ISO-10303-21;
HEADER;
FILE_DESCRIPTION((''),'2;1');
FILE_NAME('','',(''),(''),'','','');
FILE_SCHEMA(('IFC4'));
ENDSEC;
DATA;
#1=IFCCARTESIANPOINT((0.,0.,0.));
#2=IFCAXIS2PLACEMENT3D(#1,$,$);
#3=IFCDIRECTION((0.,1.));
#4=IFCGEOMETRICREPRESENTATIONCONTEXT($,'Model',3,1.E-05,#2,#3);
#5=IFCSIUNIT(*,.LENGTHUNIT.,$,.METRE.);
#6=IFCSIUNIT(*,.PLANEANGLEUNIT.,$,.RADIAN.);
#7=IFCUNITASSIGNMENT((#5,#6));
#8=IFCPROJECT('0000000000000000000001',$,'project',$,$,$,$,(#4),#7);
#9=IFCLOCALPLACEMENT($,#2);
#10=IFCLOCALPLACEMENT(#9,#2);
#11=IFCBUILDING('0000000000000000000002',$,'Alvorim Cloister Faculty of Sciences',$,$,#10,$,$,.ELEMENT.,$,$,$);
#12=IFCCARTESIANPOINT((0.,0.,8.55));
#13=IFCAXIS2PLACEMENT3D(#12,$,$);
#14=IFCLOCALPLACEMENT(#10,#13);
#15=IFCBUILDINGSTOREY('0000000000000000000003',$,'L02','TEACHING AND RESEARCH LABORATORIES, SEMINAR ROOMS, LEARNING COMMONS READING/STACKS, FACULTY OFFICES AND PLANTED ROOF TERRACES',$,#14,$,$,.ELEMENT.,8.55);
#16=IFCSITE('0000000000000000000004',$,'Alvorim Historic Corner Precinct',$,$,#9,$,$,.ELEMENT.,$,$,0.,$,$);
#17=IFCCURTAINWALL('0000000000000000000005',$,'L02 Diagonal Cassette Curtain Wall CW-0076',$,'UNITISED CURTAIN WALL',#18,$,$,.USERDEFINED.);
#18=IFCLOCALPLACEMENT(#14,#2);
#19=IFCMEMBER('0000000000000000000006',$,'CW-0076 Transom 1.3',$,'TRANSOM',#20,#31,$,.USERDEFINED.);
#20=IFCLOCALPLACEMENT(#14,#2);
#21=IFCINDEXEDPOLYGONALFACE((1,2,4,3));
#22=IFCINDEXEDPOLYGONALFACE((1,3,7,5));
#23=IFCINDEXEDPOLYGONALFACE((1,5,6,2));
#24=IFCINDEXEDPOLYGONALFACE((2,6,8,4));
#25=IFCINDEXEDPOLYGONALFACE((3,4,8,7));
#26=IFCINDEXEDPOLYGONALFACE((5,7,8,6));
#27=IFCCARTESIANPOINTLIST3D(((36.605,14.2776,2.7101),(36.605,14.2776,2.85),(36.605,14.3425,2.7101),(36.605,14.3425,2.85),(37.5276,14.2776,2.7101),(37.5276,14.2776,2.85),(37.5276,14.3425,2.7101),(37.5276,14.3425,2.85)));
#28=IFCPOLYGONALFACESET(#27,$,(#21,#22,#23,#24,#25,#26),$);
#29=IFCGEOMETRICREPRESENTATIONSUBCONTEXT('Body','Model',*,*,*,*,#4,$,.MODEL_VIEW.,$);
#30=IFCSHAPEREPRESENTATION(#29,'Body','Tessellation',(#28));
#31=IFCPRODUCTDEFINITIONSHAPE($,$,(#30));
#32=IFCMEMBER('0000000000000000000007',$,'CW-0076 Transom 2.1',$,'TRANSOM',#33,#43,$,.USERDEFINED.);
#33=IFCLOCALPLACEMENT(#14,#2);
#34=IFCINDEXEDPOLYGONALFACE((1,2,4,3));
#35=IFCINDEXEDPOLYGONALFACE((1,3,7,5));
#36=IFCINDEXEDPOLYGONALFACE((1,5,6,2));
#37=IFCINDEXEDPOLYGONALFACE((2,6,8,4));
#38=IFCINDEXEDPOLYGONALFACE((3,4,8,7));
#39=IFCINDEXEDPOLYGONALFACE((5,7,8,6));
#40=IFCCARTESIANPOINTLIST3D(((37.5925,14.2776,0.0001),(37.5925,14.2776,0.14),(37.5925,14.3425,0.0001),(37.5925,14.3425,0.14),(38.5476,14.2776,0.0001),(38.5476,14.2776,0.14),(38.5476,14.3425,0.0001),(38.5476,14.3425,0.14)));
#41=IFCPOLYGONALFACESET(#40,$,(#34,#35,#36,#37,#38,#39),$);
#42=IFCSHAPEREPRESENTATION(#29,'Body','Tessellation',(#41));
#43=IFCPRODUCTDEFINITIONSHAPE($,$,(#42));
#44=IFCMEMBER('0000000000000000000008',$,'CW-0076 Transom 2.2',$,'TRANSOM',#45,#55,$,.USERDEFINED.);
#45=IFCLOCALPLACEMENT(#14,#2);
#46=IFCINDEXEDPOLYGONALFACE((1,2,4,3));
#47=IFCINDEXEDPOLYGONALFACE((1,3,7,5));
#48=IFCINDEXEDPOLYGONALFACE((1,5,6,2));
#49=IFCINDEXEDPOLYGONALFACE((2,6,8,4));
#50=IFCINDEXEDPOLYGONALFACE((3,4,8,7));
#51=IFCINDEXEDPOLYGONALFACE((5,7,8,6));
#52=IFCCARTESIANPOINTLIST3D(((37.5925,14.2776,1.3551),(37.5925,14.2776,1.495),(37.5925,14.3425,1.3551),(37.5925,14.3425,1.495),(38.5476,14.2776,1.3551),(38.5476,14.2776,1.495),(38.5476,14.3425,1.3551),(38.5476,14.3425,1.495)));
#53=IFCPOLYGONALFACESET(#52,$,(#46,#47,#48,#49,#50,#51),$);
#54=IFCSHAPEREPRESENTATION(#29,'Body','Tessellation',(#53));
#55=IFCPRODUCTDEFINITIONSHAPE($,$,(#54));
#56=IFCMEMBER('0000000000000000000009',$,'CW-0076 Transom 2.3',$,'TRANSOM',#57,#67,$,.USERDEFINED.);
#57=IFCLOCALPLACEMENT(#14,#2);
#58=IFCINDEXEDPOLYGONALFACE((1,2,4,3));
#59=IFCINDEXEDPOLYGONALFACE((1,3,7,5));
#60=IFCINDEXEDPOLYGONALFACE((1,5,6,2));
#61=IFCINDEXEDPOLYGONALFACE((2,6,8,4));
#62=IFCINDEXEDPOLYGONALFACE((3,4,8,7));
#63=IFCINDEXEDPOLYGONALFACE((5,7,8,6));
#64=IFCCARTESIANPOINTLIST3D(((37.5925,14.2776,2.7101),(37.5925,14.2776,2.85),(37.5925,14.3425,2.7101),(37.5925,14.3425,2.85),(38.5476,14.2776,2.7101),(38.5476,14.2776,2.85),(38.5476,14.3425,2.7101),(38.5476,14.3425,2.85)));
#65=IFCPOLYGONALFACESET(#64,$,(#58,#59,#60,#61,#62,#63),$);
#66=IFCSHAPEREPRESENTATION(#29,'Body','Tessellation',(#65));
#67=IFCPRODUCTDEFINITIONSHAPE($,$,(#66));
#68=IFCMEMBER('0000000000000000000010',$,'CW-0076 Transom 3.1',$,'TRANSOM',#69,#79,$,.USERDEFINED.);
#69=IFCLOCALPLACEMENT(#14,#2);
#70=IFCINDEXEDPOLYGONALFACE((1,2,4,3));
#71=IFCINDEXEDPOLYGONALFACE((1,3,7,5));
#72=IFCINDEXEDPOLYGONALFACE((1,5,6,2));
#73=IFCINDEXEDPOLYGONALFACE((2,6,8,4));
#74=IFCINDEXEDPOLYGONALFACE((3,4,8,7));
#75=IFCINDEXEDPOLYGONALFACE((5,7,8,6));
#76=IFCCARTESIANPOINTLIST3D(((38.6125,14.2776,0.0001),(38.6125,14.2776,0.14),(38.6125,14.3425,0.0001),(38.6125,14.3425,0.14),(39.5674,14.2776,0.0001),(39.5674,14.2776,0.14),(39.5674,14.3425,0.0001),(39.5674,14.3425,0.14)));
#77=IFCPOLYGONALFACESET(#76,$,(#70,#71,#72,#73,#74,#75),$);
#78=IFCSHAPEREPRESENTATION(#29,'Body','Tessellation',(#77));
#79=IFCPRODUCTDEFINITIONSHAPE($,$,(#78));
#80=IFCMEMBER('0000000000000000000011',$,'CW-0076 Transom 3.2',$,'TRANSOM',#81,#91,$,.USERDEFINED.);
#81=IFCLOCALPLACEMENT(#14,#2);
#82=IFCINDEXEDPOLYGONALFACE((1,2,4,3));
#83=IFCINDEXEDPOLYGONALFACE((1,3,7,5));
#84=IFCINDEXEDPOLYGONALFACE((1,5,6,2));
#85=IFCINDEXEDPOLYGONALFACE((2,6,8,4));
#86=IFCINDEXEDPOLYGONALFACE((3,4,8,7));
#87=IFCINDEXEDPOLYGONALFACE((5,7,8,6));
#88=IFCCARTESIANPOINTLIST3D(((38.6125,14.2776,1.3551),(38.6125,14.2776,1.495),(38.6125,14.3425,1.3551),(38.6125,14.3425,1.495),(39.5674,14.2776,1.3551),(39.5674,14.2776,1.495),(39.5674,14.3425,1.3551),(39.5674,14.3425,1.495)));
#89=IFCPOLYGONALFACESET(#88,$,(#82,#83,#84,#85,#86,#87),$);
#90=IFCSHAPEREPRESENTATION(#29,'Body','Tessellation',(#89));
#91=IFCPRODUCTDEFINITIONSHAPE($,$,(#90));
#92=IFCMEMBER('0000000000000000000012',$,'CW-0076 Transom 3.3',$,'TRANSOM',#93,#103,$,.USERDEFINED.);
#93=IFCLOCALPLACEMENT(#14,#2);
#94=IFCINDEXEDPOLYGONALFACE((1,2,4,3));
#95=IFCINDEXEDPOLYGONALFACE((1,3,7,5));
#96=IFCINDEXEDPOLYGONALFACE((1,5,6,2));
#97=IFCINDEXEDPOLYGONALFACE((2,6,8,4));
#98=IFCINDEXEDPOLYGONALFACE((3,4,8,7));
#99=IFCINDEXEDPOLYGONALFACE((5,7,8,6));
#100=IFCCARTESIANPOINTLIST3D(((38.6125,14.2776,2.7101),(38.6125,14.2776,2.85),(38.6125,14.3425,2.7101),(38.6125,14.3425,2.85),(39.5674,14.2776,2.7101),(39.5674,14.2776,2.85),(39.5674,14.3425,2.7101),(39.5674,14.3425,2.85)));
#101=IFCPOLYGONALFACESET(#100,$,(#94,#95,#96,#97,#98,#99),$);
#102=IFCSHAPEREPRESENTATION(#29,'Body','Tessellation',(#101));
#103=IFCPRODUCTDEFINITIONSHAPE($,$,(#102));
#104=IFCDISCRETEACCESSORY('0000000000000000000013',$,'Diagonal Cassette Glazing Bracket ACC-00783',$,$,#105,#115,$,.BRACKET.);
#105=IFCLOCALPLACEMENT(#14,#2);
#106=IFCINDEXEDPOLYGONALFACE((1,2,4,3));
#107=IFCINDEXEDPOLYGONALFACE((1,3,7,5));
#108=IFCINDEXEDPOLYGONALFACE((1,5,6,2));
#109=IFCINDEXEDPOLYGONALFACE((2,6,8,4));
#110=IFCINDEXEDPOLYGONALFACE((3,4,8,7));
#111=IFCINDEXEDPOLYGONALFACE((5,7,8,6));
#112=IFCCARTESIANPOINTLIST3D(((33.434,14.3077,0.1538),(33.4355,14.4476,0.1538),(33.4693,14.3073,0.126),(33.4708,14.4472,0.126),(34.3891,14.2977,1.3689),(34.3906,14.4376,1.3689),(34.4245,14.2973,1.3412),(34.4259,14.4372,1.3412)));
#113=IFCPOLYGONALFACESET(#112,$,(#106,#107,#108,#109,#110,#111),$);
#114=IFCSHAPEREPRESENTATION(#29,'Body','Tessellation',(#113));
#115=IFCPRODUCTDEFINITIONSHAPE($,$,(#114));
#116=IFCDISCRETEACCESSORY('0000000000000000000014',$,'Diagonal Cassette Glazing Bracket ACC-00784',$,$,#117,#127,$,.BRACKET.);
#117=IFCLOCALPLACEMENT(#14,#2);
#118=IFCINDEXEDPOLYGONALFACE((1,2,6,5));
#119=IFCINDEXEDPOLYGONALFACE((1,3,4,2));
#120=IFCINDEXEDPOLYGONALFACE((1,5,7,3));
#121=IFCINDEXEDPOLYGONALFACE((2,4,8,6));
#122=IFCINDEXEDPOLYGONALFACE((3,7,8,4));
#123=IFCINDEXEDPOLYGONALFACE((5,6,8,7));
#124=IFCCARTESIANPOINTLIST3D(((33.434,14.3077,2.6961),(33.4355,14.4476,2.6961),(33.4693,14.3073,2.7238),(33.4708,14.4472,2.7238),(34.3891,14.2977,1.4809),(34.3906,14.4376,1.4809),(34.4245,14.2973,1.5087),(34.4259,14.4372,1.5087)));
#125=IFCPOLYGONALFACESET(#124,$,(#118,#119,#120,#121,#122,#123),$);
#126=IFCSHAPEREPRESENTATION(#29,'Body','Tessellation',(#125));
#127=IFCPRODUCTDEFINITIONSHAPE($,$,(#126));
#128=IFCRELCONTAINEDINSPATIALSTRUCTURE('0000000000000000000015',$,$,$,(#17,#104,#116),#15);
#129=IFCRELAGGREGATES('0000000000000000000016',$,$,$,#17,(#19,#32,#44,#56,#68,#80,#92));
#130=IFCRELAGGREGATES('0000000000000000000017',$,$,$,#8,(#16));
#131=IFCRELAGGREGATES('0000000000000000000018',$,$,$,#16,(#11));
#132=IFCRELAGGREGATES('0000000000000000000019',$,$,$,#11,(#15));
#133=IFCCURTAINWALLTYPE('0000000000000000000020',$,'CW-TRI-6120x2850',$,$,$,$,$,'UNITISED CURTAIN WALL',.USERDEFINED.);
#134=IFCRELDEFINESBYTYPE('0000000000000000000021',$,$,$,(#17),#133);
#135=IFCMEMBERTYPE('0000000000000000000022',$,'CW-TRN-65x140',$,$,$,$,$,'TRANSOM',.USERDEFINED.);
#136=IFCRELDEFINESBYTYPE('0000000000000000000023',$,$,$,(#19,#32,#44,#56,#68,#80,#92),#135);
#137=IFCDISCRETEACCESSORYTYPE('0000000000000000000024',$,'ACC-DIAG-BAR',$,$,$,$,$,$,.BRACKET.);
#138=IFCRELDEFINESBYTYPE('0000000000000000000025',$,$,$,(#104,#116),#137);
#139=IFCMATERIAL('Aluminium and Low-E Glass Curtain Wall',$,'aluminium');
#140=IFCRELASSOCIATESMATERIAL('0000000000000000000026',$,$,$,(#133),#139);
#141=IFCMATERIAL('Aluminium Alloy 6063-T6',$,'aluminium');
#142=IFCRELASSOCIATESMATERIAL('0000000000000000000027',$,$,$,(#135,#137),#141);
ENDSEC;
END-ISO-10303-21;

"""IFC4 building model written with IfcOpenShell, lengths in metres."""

from ifc_helpers import new_model, si_unit, direction, frame, origin, origin_2d, place, context, subcontext, project, spatial, rectangle, extrude, material, material_profile, profile_set, type_object, element, aggregate, save


model = new_model("IFC4")

# Units and contexts
model_context = context("Model", 3, precision=1e-05, world=origin(), true_north=direction((0.0, 1.0)))
body_context = subcontext(model_context, "Body", "Model", "MODEL_VIEW")
ifc_project = project(units=[si_unit("LENGTHUNIT", "METRE"), si_unit("PLANEANGLEUNIT", "RADIAN")], contexts=[model_context])

# Site, building, storey
site_placement = place(None, origin())
site = spatial("IfcSite", under=ifc_project, at=site_placement, Name="Alvorim Historic Corner Precinct", CompositionType="ELEMENT", RefElevation=0.0)
building_placement = place(site_placement, origin())
building = spatial("IfcBuilding", under=site, at=building_placement, Name="Alvorim Cloister Faculty of Sciences", CompositionType="ELEMENT")
storey_placement = place(building_placement, frame((0.0, 0.0, 8.55)))
storey = spatial("IfcBuildingStorey", under=building, at=storey_placement, Name="L02", Description="TEACHING AND RESEARCH LABORATORIES, SEMINAR ROOMS, LEARNING COMMONS READING/STACKS, FACULTY OFFICES AND PLANTED ROOF TERRACES", CompositionType="ELEMENT", Elevation=8.55)

# Curtain wall
ifc_material_1 = material(Name="Aluminium and Low-E Glass Curtain Wall", Category="aluminium")
curtain_wall_type = type_object("IfcCurtainWallType", Name="CW-TRI-6120x2850", ElementType="UNITISED CURTAIN WALL", PredefinedType="USERDEFINED", material=ifc_material_1)
ifc_material_2 = material(Name="Aluminium Alloy 6063-T6", Category="aluminium")
curtain_wall_1_placement = place(storey_placement, origin())
curtain_wall_1 = element("IfcCurtainWall", 1, at=curtain_wall_1_placement, inside=storey, type_object=curtain_wall_type, Name="L02 Diagonal Cassette Curtain Wall CW-0076", ObjectType="UNITISED CURTAIN WALL", PredefinedType="USERDEFINED")

# Members
ifc_material_profile_1 = material_profile(ifc_material_2, rectangle(XDim=0.0649, YDim=0.1399, at=origin_2d()), Name="ALU-TRN-65x140")
ifc_profile_set_1 = profile_set([ifc_material_profile_1], Name="Aluminium Alloy 6063-T6")
member_type_1 = type_object("IfcMemberType", Name="CW-TRN-65x140", ElementType="TRANSOM", PredefinedType="USERDEFINED", material=ifc_profile_set_1)
member_1_placement = place(storey_placement, frame((36.605, 14.3101, 2.78), z_axis=(1.0, 0.0, 0.0), x_axis=(0.0, 1.0, 0.0)))
member_1 = element("IfcMember", 2, at=member_1_placement, type_object=member_type_1, Name="CW-0076 Transom 1.3", ObjectType="TRANSOM", PredefinedType="USERDEFINED", context=body_context, shape_type="SweptSolid", body=[
    extrude(rectangle(XDim=0.0649, YDim=0.1399, at=origin_2d()), origin(), (0.0, 0.0, 1.0), 0.9226),
])
member_2_placement = place(storey_placement, frame((37.5925, 14.3101, 0.0701), z_axis=(1.0, 0.0, 0.0), x_axis=(0.0, 1.0, 0.0)))
member_2 = element("IfcMember", 3, at=member_2_placement, type_object=member_type_1, Name="CW-0076 Transom 2.1", ObjectType="TRANSOM", PredefinedType="USERDEFINED", context=body_context, shape_type="SweptSolid", body=[
    extrude(rectangle(XDim=0.0649, YDim=0.1399, at=origin_2d()), origin(), (0.0, 0.0, 1.0), 0.9551),
])
member_3_placement = place(storey_placement, frame((37.5925, 14.3101, 1.425), z_axis=(1.0, 0.0, 0.0), x_axis=(0.0, 1.0, 0.0)))
member_3 = element("IfcMember", 4, at=member_3_placement, type_object=member_type_1, Name="CW-0076 Transom 2.2", ObjectType="TRANSOM", PredefinedType="USERDEFINED", context=body_context, shape_type="SweptSolid", body=[
    extrude(rectangle(XDim=0.0649, YDim=0.1399, at=origin_2d()), origin(), (0.0, 0.0, 1.0), 0.9551),
])
member_4_placement = place(storey_placement, frame((37.5925, 14.3101, 2.78), z_axis=(1.0, 0.0, 0.0), x_axis=(0.0, 1.0, 0.0)))
member_4 = element("IfcMember", 5, at=member_4_placement, type_object=member_type_1, Name="CW-0076 Transom 2.3", ObjectType="TRANSOM", PredefinedType="USERDEFINED", context=body_context, shape_type="SweptSolid", body=[
    extrude(rectangle(XDim=0.0649, YDim=0.1399, at=origin_2d()), origin(), (0.0, 0.0, 1.0), 0.9551),
])
member_5_placement = place(storey_placement, frame((38.6125, 14.3101, 0.0701), z_axis=(1.0, 0.0, 0.0), x_axis=(0.0, 1.0, 0.0)))
member_5 = element("IfcMember", 6, at=member_5_placement, type_object=member_type_1, Name="CW-0076 Transom 3.1", ObjectType="TRANSOM", PredefinedType="USERDEFINED", context=body_context, shape_type="SweptSolid", body=[
    extrude(rectangle(XDim=0.0649, YDim=0.1399, at=origin_2d()), origin(), (0.0, 0.0, 1.0), 0.9548),
])
member_6_placement = place(storey_placement, frame((38.6125, 14.3101, 1.425), z_axis=(1.0, 0.0, 0.0), x_axis=(0.0, 1.0, 0.0)))
member_6 = element("IfcMember", 7, at=member_6_placement, type_object=member_type_1, Name="CW-0076 Transom 3.2", ObjectType="TRANSOM", PredefinedType="USERDEFINED", context=body_context, shape_type="SweptSolid", body=[
    extrude(rectangle(XDim=0.0649, YDim=0.1399, at=origin_2d()), origin(), (0.0, 0.0, 1.0), 0.9548),
])
member_7_placement = place(storey_placement, frame((38.6125, 14.3101, 2.78), z_axis=(1.0, 0.0, 0.0), x_axis=(0.0, 1.0, 0.0)))
member_7 = element("IfcMember", 8, at=member_7_placement, type_object=member_type_1, Name="CW-0076 Transom 3.3", ObjectType="TRANSOM", PredefinedType="USERDEFINED", context=body_context, shape_type="SweptSolid", body=[
    extrude(rectangle(XDim=0.0649, YDim=0.1399, at=origin_2d()), origin(), (0.0, 0.0, 1.0), 0.9548),
])
aggregate(curtain_wall_1, [member_1, member_2, member_3, member_4, member_5, member_6, member_7])

# Discrete accessories
discrete_accessory_type = type_object("IfcDiscreteAccessoryType", Name="ACC-DIAG-BAR", PredefinedType="BRACKET", material=ifc_material_2)
for number, where, z_axis, x_axis, name in (
    (9, (33.4524, 14.3774, 0.1399), (0.617955, -0.006477, 0.786187), (0.01048, 0.999945, 0.0), "Diagonal Cassette Glazing Bracket ACC-00783"),
    (10, (33.4524, 14.3774, 2.71), (0.617955, -0.006477, -0.786187), (0.01048, 0.999945, 0.0), "Diagonal Cassette Glazing Bracket ACC-00784"),
):
    element("IfcDiscreteAccessory", number, at=place(storey_placement, frame(where, z_axis=z_axis, x_axis=x_axis)), inside=storey, type_object=discrete_accessory_type, Name=name, PredefinedType="BRACKET", context=body_context, shape_type="SweptSolid", body=[
        extrude(rectangle(XDim=0.1399, YDim=0.0449, at=origin_2d()), origin(), (0.0, 0.0, 1.0), 1.5457),
    ])

save(model, "model.ifc")
